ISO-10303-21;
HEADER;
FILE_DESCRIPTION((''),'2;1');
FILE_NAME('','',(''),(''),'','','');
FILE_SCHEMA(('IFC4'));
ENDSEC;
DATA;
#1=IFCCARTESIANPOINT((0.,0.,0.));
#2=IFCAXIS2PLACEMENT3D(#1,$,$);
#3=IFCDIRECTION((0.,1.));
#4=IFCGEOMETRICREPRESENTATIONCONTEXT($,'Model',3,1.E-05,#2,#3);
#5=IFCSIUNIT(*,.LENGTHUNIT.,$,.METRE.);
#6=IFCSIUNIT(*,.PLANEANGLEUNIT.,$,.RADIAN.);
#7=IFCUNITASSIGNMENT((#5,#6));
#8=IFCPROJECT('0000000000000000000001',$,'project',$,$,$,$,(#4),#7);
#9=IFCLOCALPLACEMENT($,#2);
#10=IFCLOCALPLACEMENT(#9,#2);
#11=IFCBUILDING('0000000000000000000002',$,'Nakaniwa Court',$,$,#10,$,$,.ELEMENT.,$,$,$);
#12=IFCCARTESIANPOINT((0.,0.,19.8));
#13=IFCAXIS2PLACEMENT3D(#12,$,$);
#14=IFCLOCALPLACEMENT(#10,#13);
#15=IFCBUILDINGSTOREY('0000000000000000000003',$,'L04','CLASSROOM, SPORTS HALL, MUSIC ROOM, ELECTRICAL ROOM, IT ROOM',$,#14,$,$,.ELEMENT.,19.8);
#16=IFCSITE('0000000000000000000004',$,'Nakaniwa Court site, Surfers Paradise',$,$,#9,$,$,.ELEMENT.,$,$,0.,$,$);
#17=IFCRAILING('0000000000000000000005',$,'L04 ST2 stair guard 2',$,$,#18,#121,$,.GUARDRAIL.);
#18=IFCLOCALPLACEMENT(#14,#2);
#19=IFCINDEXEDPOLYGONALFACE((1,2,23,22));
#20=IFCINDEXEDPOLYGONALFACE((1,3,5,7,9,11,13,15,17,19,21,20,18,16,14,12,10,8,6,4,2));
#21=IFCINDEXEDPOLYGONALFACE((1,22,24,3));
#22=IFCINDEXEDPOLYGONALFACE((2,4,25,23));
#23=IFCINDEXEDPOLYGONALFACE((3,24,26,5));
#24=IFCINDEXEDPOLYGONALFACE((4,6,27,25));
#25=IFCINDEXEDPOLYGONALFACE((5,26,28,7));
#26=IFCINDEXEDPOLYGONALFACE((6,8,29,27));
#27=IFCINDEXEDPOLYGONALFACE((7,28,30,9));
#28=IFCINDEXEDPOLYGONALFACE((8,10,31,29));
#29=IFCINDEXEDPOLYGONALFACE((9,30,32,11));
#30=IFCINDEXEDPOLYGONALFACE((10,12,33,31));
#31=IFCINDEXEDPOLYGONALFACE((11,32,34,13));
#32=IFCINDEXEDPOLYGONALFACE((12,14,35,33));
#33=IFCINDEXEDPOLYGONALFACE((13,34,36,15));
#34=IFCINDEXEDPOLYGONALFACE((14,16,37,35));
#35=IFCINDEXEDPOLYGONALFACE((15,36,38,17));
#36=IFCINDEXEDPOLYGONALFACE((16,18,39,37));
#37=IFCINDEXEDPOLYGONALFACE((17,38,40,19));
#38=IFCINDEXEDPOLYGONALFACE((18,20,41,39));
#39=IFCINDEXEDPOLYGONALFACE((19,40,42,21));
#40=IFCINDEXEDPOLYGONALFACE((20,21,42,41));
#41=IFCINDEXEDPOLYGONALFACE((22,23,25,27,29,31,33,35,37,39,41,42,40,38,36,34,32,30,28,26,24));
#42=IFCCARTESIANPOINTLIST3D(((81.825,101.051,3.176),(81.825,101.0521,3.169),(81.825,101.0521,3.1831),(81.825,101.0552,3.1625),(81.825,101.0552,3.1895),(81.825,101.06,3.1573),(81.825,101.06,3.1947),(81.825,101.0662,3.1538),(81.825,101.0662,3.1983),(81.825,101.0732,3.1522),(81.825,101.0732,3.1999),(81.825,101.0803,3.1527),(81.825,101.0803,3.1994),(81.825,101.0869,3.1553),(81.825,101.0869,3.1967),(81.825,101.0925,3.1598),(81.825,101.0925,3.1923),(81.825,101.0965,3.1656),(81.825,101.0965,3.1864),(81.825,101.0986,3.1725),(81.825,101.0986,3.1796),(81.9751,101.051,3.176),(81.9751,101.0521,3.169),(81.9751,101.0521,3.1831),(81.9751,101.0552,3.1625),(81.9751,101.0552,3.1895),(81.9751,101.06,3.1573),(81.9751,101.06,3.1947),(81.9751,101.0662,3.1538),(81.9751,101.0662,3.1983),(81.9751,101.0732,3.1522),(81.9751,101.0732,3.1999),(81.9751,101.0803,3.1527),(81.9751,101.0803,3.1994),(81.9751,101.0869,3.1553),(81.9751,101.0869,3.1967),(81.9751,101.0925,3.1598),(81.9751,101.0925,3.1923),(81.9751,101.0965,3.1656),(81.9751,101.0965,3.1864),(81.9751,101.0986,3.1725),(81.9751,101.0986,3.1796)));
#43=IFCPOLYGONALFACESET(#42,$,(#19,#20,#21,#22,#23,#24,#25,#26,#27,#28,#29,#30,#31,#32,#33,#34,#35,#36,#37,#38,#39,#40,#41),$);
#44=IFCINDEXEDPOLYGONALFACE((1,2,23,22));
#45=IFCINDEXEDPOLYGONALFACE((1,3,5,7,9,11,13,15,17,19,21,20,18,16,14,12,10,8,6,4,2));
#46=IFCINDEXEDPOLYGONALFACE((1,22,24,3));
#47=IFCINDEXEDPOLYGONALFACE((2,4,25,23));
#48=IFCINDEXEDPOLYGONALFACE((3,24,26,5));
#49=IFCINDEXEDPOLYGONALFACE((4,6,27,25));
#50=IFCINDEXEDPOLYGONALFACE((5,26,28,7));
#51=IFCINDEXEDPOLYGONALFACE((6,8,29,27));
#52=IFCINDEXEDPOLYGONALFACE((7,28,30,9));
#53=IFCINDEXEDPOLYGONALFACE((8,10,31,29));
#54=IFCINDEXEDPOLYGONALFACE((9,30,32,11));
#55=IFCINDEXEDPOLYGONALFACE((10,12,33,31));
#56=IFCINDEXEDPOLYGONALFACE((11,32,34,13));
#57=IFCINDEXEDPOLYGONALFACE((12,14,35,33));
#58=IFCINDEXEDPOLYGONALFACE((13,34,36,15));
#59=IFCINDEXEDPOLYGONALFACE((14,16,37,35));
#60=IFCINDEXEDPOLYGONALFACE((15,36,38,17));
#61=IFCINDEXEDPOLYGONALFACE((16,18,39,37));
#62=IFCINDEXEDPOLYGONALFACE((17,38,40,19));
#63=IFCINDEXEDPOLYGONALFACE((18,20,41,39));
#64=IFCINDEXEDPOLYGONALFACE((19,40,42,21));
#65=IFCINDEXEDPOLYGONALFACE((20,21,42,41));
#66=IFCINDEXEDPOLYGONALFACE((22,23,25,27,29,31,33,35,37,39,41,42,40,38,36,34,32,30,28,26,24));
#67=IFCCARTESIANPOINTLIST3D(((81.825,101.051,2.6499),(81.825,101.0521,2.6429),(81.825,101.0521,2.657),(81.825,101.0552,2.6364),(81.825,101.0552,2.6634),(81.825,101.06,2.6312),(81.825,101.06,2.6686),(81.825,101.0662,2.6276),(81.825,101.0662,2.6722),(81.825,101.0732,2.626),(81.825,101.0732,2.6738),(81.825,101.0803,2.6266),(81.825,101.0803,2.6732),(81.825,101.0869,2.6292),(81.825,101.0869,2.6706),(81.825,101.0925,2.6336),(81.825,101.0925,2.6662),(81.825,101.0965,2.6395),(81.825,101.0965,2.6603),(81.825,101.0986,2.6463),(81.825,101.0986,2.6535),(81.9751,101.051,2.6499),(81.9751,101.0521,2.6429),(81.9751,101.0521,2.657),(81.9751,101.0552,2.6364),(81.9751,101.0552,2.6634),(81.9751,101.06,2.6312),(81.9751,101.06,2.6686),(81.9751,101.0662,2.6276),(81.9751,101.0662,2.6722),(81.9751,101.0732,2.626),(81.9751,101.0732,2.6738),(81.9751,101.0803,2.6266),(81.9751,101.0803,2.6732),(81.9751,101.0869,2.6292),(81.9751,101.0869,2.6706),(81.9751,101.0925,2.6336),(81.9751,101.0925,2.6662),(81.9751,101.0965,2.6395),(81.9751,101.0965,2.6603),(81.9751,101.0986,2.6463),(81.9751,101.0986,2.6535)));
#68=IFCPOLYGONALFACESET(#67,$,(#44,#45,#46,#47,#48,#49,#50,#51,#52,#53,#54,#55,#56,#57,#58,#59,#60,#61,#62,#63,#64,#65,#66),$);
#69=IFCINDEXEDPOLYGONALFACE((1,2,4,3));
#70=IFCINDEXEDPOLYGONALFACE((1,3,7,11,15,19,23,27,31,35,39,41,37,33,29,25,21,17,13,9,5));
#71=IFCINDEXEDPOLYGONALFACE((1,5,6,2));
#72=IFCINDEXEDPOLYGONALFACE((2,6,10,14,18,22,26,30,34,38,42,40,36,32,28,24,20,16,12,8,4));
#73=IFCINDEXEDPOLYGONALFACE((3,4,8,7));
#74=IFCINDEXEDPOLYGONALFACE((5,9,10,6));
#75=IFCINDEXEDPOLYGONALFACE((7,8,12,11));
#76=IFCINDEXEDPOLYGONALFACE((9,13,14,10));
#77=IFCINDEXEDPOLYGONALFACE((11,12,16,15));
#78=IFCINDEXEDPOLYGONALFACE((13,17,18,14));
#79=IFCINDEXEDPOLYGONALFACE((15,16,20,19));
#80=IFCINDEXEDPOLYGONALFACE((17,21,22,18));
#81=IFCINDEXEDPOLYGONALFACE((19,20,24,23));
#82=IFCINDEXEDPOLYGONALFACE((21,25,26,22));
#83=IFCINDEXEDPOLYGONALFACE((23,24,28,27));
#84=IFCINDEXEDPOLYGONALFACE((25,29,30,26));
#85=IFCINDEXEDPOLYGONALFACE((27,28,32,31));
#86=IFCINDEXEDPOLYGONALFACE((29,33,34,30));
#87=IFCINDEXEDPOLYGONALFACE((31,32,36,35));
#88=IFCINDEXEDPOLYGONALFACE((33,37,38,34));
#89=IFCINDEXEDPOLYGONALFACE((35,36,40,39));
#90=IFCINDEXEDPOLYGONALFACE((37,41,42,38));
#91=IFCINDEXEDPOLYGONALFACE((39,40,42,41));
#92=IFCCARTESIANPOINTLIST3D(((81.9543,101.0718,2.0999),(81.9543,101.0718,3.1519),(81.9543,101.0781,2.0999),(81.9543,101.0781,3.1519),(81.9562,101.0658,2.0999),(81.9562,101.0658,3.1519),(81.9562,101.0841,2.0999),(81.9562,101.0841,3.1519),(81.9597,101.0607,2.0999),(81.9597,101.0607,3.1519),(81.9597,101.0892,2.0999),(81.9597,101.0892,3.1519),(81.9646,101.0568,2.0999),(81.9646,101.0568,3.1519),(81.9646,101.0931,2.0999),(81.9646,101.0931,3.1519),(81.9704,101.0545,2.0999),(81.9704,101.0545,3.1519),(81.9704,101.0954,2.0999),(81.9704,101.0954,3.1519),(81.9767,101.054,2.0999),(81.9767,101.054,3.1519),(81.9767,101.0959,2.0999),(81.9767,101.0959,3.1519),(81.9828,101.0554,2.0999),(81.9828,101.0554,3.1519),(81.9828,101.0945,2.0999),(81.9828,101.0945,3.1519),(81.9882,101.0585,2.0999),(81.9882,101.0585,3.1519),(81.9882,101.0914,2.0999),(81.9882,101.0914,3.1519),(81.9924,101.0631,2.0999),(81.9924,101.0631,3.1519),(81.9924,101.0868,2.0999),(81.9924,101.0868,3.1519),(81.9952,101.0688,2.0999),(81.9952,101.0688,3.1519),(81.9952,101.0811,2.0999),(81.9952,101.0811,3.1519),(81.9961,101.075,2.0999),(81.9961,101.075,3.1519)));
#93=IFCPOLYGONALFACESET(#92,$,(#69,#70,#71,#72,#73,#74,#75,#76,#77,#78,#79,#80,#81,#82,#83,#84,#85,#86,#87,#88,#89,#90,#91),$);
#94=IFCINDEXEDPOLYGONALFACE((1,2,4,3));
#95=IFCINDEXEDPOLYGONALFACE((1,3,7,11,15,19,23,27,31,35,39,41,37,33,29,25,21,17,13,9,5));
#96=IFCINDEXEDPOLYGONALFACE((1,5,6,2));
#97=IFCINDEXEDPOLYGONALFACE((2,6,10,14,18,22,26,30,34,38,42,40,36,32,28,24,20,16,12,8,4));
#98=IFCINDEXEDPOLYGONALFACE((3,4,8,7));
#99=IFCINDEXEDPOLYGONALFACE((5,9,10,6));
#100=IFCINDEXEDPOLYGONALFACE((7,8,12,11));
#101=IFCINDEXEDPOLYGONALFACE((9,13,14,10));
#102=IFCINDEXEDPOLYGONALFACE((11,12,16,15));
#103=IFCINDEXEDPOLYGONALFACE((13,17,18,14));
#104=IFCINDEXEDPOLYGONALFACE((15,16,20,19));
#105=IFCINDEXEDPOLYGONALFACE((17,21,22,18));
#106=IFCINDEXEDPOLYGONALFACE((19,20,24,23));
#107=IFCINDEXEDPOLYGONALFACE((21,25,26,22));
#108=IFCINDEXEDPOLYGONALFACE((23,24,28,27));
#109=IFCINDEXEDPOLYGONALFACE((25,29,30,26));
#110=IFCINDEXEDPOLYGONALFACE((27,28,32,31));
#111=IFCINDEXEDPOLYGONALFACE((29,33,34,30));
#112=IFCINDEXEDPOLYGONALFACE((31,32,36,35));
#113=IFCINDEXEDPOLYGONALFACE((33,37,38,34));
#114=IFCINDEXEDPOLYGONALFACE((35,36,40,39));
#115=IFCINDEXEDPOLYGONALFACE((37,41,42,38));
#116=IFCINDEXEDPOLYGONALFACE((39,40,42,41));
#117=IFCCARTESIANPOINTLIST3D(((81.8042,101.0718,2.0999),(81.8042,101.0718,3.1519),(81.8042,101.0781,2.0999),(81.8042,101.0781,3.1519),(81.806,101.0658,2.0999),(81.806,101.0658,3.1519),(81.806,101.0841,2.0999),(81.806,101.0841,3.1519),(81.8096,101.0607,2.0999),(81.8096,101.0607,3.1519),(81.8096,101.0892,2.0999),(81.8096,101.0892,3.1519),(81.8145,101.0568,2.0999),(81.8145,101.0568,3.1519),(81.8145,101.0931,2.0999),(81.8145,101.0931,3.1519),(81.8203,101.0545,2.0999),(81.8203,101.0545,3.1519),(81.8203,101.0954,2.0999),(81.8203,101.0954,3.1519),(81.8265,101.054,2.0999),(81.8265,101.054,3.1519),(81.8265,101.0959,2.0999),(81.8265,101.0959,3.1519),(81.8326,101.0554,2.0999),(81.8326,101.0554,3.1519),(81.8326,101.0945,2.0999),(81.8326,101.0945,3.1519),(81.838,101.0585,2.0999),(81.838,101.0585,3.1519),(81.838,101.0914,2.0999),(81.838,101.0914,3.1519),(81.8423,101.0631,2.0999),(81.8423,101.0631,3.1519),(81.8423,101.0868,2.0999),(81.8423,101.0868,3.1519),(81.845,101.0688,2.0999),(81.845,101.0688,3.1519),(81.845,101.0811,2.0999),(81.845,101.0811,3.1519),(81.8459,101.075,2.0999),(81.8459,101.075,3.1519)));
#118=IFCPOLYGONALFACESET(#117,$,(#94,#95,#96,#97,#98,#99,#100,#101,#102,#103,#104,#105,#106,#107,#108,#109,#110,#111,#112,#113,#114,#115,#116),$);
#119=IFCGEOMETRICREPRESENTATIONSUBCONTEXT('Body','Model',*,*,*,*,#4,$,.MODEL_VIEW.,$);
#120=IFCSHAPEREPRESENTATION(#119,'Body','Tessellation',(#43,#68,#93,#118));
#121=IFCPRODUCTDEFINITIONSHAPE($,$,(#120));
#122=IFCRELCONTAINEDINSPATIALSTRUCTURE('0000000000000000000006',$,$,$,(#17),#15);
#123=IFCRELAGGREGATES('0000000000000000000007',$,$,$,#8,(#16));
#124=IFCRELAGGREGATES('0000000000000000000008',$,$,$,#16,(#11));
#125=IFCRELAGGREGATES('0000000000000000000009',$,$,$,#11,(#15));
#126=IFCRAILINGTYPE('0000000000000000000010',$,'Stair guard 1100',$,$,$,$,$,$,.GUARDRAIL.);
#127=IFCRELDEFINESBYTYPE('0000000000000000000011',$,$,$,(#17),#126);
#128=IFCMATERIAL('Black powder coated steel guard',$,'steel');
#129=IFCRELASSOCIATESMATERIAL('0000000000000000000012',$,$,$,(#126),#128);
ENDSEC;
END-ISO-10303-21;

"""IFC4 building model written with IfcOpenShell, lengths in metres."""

from ifc_helpers import new_model, si_unit, direction, frame, origin, origin_2d, place, context, subcontext, project, spatial, circle, extrude, material, type_object, element, save


model = new_model("IFC4")

# Units and contexts
model_context = context("Model", 3, precision=1e-05, world=origin(), true_north=direction((0.0, 1.0)))
body_context = subcontext(model_context, "Body", "Model", "MODEL_VIEW")
ifc_project = project(units=[si_unit("LENGTHUNIT", "METRE"), si_unit("PLANEANGLEUNIT", "RADIAN")], contexts=[model_context])

# Site, building, storey
site_placement = place(None, origin())
site = spatial("IfcSite", under=ifc_project, at=site_placement, Name="Nakaniwa Court site, Surfers Paradise", CompositionType="ELEMENT", RefElevation=0.0)
building_placement = place(site_placement, origin())
building = spatial("IfcBuilding", under=site, at=building_placement, Name="Nakaniwa Court", CompositionType="ELEMENT")
storey_placement = place(building_placement, frame((0.0, 0.0, 19.8)))
storey = spatial("IfcBuildingStorey", under=building, at=storey_placement, Name="L04", Description="CLASSROOM, SPORTS HALL, MUSIC ROOM, ELECTRICAL ROOM, IT ROOM", CompositionType="ELEMENT", Elevation=19.8)

# Railing
ifc_material_1 = material(Name="Black powder coated steel guard", Category="steel")
railing_type = type_object("IfcRailingType", Name="Stair guard 1100", PredefinedType="GUARDRAIL", material=ifc_material_1)
railing_1_placement = place(storey_placement, frame((81.9751, 101.075, 2.0999)))
element("IfcRailing", 1, at=railing_1_placement, inside=storey, type_object=railing_type, Name="L04 ST2 stair guard 2", PredefinedType="GUARDRAIL", context=body_context, shape_type="SweptSolid", body=[
    extrude(circle(Radius=0.0239, at=origin_2d()), frame((0.0, 0.0, 1.0762), z_axis=(-1.0, 0.0, 0.0), x_axis=(0.0, -1.0, 0.0)), (0.0, 0.0, 1.0), 0.1501),
    extrude(circle(Radius=0.0239, at=origin_2d()), frame((0.0, 0.0, 0.55), z_axis=(-1.0, 0.0, 0.0), x_axis=(0.0, -1.0, 0.0)), (0.0, 0.0, 1.0), 0.1501),
    extrude(circle(Radius=0.021, at=origin_2d()), origin(), (0.0, 0.0, 1.0), 1.052),
    extrude(circle(Radius=0.021, at=origin_2d()), frame((-0.1501, 0.0, 0.0)), (0.0, 0.0, 1.0), 1.052),
])

save(model, "model.ifc")
